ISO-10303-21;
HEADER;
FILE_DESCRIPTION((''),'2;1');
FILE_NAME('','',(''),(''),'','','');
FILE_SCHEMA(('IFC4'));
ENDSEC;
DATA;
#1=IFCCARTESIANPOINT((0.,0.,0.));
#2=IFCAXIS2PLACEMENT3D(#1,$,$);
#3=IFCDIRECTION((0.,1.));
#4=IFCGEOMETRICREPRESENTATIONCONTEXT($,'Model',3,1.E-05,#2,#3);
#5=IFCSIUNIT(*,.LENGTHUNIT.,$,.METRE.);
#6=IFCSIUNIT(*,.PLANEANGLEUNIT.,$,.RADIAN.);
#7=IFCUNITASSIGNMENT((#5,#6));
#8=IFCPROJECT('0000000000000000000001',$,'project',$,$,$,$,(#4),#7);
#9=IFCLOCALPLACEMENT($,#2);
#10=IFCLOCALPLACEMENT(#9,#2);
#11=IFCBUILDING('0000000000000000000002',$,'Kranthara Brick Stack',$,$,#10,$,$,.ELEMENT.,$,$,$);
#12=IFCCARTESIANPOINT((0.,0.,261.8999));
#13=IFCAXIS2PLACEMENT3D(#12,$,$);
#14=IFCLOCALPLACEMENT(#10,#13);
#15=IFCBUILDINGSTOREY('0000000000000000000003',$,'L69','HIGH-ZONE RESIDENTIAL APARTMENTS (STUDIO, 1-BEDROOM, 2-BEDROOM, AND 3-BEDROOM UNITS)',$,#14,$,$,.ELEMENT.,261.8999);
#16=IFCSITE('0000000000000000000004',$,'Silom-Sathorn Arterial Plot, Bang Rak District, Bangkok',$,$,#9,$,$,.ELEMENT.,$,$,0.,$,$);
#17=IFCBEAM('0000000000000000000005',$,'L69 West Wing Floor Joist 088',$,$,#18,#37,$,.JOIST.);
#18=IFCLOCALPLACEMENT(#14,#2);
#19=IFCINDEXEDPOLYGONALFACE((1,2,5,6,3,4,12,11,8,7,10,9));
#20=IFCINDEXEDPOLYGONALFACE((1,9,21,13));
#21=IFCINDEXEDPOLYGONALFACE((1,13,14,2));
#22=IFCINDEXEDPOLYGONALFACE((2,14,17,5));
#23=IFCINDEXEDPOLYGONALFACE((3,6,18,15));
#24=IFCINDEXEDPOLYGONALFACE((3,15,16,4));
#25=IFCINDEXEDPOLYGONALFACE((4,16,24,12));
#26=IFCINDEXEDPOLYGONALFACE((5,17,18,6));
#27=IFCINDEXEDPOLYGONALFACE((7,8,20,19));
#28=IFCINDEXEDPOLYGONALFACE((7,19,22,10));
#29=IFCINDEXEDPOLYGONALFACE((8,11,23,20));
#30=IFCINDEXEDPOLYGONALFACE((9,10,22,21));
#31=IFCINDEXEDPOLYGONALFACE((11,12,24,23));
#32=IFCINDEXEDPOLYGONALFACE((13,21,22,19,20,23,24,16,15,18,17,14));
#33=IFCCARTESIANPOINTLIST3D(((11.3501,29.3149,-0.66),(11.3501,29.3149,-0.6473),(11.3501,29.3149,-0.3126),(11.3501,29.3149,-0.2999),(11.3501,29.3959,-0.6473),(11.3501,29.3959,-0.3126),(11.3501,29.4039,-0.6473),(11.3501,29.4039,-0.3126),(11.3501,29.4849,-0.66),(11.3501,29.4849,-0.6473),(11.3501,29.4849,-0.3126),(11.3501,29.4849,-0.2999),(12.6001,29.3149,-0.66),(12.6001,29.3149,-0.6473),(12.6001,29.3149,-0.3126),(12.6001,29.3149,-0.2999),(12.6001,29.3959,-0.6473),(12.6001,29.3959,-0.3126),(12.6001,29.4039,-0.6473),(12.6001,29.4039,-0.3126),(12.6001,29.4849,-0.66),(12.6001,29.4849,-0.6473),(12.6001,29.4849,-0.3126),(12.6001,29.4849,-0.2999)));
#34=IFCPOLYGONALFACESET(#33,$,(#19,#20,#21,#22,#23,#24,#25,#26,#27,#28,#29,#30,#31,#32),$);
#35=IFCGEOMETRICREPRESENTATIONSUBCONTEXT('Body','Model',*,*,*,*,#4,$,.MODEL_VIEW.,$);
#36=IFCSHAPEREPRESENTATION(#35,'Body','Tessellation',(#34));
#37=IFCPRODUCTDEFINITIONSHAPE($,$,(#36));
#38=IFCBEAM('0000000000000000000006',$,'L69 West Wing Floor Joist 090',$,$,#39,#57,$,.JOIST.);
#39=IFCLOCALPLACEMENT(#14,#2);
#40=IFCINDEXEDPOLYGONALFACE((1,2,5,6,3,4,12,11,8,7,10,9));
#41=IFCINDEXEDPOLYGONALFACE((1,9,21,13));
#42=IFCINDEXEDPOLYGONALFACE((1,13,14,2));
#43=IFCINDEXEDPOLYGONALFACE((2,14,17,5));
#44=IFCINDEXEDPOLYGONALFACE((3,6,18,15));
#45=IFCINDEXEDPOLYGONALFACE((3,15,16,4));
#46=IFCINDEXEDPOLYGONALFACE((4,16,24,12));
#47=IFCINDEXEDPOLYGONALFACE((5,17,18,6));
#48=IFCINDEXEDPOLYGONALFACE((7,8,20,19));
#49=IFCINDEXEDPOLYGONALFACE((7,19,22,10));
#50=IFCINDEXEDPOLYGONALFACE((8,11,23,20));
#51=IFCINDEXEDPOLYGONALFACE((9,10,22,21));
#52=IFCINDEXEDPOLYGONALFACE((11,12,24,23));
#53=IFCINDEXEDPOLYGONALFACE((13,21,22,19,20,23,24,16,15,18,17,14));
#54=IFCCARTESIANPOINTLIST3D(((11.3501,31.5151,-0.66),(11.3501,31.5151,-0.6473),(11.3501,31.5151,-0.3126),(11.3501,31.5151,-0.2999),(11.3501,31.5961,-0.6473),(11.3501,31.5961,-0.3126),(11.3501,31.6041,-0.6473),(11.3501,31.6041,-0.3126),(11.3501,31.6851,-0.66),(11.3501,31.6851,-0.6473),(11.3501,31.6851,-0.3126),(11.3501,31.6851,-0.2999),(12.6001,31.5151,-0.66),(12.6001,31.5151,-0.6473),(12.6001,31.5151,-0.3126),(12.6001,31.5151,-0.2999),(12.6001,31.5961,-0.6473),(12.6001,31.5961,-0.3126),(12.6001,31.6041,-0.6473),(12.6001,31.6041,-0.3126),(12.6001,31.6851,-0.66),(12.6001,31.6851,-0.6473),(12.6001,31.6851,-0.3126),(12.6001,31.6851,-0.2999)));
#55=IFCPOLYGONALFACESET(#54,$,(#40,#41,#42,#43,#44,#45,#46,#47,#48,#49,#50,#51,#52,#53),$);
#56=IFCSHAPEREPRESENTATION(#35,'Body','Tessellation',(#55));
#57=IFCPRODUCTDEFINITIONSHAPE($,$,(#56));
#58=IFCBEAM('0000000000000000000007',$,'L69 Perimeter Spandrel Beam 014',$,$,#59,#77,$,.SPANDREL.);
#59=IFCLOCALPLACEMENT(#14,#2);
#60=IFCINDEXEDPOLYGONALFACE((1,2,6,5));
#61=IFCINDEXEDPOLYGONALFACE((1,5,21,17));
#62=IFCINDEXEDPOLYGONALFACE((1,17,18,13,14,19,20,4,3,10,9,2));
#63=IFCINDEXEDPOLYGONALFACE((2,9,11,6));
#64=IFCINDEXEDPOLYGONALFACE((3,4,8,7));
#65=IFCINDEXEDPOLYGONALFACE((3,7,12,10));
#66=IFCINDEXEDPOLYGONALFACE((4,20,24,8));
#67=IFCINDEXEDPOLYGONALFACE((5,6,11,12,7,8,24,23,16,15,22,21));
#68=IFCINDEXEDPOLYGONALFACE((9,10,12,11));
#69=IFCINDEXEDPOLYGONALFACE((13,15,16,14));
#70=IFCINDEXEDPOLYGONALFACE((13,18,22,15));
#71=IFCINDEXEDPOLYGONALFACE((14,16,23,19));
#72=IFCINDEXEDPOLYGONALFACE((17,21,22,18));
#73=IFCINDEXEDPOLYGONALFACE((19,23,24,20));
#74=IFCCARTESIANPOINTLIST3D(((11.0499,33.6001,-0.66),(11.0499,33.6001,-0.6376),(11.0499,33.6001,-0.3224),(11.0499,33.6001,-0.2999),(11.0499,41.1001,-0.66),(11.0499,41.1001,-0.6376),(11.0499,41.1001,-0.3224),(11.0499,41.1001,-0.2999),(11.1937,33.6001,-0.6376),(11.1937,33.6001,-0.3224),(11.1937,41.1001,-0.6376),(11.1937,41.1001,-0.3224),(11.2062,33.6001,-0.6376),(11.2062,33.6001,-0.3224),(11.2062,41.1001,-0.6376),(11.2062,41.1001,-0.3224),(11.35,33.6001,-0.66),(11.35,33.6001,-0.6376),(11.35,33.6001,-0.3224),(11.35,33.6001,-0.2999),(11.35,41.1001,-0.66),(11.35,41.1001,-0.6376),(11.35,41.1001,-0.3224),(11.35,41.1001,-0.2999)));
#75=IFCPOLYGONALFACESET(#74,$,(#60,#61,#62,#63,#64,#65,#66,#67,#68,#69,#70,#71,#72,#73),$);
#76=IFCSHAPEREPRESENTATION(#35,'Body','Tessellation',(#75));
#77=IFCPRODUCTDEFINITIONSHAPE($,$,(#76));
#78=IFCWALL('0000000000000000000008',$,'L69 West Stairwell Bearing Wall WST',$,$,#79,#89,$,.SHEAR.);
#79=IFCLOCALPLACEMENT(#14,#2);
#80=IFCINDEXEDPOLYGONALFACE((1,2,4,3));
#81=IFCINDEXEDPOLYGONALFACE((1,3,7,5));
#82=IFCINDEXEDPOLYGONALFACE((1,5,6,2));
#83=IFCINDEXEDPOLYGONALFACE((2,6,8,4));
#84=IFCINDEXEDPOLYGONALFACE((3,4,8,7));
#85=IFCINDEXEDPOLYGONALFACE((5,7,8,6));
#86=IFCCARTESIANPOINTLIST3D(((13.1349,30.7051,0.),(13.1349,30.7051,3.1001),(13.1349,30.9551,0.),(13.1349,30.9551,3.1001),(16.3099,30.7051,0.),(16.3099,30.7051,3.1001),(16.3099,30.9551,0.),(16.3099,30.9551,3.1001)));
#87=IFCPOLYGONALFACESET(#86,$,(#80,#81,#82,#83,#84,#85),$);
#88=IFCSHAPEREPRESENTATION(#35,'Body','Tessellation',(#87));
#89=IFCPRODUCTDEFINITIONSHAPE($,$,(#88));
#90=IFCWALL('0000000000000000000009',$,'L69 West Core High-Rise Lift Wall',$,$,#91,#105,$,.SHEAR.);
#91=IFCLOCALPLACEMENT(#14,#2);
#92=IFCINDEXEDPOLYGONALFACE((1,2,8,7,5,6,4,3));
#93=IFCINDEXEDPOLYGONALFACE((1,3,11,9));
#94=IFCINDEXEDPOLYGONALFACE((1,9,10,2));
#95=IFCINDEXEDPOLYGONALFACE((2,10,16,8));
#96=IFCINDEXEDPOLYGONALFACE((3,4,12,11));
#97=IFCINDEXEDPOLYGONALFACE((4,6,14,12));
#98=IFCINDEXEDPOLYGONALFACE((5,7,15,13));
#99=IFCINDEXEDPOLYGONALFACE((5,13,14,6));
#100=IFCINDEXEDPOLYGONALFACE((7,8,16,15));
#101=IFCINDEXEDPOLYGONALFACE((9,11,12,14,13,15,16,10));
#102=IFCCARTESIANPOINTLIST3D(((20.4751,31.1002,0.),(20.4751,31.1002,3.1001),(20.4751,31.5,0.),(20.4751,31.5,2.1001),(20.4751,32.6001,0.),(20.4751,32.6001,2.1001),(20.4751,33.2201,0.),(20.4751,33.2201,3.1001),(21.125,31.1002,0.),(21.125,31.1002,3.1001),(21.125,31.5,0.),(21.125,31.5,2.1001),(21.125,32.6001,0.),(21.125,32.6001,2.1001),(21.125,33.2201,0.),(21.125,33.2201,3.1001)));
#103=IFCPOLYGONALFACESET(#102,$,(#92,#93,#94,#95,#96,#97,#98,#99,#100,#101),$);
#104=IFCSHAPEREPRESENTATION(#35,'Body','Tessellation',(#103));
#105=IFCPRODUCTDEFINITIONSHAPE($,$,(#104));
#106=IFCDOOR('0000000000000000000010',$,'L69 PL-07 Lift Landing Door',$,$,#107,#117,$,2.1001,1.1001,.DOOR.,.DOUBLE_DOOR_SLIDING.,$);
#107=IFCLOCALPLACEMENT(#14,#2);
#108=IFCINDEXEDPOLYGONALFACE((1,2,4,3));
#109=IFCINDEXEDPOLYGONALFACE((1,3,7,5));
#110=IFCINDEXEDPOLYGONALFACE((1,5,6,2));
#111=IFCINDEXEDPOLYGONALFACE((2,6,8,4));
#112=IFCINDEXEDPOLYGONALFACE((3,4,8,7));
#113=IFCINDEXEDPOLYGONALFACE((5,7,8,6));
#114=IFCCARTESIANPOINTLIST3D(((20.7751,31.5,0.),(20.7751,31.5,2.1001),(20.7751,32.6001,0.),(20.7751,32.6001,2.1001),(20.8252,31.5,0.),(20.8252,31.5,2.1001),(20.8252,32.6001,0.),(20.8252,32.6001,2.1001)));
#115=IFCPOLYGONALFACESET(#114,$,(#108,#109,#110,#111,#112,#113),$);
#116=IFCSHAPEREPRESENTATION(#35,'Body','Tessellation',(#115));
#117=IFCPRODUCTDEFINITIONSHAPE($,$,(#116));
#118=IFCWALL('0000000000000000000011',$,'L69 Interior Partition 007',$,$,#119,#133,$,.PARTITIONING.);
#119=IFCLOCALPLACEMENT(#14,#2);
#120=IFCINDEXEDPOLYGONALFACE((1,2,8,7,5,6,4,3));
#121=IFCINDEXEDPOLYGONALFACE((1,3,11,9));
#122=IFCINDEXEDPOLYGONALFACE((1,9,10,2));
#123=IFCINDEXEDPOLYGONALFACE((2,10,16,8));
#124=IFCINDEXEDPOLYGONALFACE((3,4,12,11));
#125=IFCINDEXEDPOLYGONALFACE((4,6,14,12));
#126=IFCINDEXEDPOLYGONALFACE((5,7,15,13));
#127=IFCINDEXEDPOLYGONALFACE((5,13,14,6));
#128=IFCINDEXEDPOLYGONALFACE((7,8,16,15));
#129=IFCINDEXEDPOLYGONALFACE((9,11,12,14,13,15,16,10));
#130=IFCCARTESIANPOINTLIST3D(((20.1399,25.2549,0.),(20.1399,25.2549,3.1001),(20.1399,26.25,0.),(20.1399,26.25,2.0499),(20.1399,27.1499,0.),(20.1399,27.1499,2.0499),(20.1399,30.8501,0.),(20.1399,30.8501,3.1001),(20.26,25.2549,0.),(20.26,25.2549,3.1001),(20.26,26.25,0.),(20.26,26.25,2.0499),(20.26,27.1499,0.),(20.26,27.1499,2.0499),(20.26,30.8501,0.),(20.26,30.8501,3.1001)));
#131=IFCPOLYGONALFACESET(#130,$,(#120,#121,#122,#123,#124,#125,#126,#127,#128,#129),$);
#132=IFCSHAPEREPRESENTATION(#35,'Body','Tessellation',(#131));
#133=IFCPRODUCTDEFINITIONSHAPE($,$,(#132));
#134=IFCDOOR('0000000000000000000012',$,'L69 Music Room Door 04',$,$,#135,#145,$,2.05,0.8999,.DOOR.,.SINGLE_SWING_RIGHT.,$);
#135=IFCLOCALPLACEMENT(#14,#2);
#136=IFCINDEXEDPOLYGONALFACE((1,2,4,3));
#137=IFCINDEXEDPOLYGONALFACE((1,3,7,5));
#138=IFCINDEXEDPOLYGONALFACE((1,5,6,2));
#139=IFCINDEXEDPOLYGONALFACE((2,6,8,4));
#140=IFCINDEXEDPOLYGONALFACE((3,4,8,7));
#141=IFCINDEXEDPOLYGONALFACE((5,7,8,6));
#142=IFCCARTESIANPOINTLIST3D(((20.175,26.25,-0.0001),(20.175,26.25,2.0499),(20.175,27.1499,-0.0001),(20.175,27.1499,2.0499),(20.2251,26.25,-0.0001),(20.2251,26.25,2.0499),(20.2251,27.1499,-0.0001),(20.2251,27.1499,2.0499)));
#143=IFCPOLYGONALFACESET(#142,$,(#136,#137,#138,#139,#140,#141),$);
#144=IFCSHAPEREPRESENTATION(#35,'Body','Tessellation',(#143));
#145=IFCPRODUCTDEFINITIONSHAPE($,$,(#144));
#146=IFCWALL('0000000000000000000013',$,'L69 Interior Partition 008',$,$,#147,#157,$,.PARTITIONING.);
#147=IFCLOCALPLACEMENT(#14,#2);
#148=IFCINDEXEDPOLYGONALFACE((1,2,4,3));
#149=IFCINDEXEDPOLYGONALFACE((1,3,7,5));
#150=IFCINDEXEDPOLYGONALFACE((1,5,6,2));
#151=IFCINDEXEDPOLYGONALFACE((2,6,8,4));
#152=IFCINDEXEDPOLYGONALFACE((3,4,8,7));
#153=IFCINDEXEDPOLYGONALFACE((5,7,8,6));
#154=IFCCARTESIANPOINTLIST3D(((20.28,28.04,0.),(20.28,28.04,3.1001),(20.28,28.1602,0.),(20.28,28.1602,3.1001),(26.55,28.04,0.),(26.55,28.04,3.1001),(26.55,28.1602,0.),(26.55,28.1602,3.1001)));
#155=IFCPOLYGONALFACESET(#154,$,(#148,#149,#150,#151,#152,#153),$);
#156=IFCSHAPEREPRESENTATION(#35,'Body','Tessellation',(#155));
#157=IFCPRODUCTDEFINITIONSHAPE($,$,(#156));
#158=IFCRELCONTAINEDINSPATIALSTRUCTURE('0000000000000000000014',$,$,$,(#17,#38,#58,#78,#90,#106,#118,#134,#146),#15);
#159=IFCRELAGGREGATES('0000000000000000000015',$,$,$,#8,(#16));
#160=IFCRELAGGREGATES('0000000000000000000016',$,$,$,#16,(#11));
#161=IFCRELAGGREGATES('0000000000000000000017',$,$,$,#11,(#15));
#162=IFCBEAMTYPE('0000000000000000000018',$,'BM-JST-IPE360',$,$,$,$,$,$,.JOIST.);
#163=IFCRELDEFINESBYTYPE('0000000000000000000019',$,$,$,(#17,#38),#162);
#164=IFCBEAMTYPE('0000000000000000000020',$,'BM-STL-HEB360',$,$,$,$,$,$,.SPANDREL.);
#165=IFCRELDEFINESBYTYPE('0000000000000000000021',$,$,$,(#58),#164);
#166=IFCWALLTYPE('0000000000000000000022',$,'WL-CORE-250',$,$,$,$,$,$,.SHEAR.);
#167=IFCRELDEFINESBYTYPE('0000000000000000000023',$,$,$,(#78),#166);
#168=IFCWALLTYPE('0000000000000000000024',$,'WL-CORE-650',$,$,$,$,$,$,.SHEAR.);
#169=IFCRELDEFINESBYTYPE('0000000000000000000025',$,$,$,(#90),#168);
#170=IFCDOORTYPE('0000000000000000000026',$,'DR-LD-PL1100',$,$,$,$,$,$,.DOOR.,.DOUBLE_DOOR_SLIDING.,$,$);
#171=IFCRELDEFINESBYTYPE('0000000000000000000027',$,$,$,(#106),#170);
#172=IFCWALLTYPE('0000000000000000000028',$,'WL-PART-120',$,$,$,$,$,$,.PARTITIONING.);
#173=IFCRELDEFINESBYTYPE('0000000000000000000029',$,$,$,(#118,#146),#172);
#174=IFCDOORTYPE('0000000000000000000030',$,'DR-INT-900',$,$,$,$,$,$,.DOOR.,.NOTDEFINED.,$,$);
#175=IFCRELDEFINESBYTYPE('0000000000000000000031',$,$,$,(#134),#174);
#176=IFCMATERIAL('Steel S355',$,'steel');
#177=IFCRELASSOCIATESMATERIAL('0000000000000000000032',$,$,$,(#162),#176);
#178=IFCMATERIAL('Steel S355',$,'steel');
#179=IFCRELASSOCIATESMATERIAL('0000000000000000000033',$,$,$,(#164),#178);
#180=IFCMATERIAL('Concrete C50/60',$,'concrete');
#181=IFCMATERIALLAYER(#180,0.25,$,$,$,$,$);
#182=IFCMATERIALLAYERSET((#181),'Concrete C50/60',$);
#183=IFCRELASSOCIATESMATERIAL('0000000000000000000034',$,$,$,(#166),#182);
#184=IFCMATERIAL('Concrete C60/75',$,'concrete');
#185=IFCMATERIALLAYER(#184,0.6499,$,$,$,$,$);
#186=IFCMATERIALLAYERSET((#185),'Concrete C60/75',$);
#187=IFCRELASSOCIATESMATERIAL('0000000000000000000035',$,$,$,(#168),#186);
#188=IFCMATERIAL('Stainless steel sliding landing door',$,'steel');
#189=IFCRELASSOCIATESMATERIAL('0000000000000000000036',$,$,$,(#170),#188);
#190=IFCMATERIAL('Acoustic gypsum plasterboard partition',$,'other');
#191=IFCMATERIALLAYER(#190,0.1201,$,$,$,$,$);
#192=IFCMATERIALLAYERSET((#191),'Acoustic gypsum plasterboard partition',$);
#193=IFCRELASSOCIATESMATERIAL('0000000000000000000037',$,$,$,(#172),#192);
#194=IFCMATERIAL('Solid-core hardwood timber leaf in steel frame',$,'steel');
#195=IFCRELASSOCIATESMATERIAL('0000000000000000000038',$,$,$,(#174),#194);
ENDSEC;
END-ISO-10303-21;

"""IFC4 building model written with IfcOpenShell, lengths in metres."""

from ifc_helpers import new_model, si_unit, direction, frame, frame_2d, origin, origin_2d, place, context, subcontext, project, spatial, rectangle, i_section, extrude, material, layer, layer_set, material_profile, profile_set, type_object, element, fill, save


model = new_model("IFC4")

# Units and contexts
model_context = context("Model", 3, precision=1e-05, world=origin(), true_north=direction((0.0, 1.0)))
body_context = subcontext(model_context, "Body", "Model", "MODEL_VIEW")
ifc_project = project(units=[si_unit("LENGTHUNIT", "METRE"), si_unit("PLANEANGLEUNIT", "RADIAN")], contexts=[model_context])

# Site, building, storey
site_placement = place(None, origin())
site = spatial("IfcSite", under=ifc_project, at=site_placement, Name="Silom-Sathorn Arterial Plot, Bang Rak District, Bangkok", CompositionType="ELEMENT", RefElevation=0.0)
building_placement = place(site_placement, origin())
building = spatial("IfcBuilding", under=site, at=building_placement, Name="Kranthara Brick Stack", CompositionType="ELEMENT")
storey_placement = place(building_placement, frame((0.0, 0.0, 261.8999)))
storey = spatial("IfcBuildingStorey", under=building, at=storey_placement, Name="L69", Description="HIGH-ZONE RESIDENTIAL APARTMENTS (STUDIO, 1-BEDROOM, 2-BEDROOM, AND 3-BEDROOM UNITS)", CompositionType="ELEMENT", Elevation=261.8999)

# Beams
ifc_material_1 = material(Name="Steel S355", Category="steel")
ifc_material_profile_1 = material_profile(ifc_material_1, i_section(OverallWidth=0.1699, OverallDepth=0.3601, WebThickness=0.0081, FlangeThickness=0.0127, at=origin_2d()), Name="IPE 360")
ifc_profile_set_1 = profile_set([ifc_material_profile_1], Name="Steel S355")
beam_type_1 = type_object("IfcBeamType", Name="BM-JST-IPE360", PredefinedType="JOIST", material=ifc_profile_set_1)
for number, where, z_axis, x_axis, name in (
    (1, (11.3501, 29.3999, -0.48), (1.0, 0.0, 0.0), (0.0, 1.0, 0.0), "L69 West Wing Floor Joist 088"),
    (2, (11.3501, 31.6001, -0.48), (1.0, 0.0, 0.0), (0.0, 1.0, 0.0), "L69 West Wing Floor Joist 090"),
):
    element("IfcBeam", number, at=place(storey_placement, frame(where, z_axis=z_axis, x_axis=x_axis)), inside=storey, type_object=beam_type_1, Name=name, PredefinedType="JOIST", context=body_context, shape_type="SweptSolid", body=[
        extrude(i_section(OverallWidth=0.1699, OverallDepth=0.3601, WebThickness=0.0081, FlangeThickness=0.0127, at=origin_2d()), origin(), (0.0, 0.0, 1.0), 1.25),
    ])
ifc_material_2 = material(Name="Steel S355", Category="steel")
ifc_material_profile_2 = material_profile(ifc_material_2, i_section(OverallWidth=0.3, OverallDepth=0.3601, WebThickness=0.0125, FlangeThickness=0.0225, at=origin_2d()), Name="HEB 360")
ifc_profile_set_2 = profile_set([ifc_material_profile_2], Name="Steel S355")
beam_type_2 = type_object("IfcBeamType", Name="BM-STL-HEB360", PredefinedType="SPANDREL", material=ifc_profile_set_2)
beam_1_placement = place(storey_placement, frame((11.2, 33.6001, -0.48), z_axis=(0.0, 1.0, 0.0), x_axis=(-1.0, 0.0, 0.0)))
element("IfcBeam", 3, at=beam_1_placement, inside=storey, type_object=beam_type_2, Name="L69 Perimeter Spandrel Beam 014", PredefinedType="SPANDREL", context=body_context, shape_type="SweptSolid", body=[
    extrude(i_section(OverallWidth=0.3, OverallDepth=0.3601, WebThickness=0.0125, FlangeThickness=0.0225, at=origin_2d()), origin(), (0.0, 0.0, 1.0), 7.5),
])

# Wall
ifc_material_3 = material(Name="Concrete C50/60", Category="concrete")
ifc_layer_1 = layer(ifc_material_3, 0.25)
ifc_layer_set_1 = layer_set([ifc_layer_1], Name="Concrete C50/60")
wall_type_1 = type_object("IfcWallType", Name="WL-CORE-250", PredefinedType="SHEAR", material=ifc_layer_set_1)
wall_1_placement = place(storey_placement, frame((13.135, 30.8301, 0.0), z_axis=(0.0, 0.0, 1.0), x_axis=(1.0, 0.0, 0.0)))
element("IfcWall", 4, at=wall_1_placement, inside=storey, type_object=wall_type_1, Name="L69 West Stairwell Bearing Wall WST", PredefinedType="SHEAR", context=body_context, shape_type="SweptSolid", body=[
    extrude(rectangle(XDim=3.175, YDim=0.25, at=frame_2d((1.5874, 0.0))), origin(), (0.0, 0.0, 1.0), 3.1001),
])

# Walls, openings, doors
ifc_material_4 = material(Name="Concrete C60/75", Category="concrete")
ifc_layer_2 = layer(ifc_material_4, 0.6499)
ifc_layer_set_2 = layer_set([ifc_layer_2], Name="Concrete C60/75")
wall_type_2 = type_object("IfcWallType", Name="WL-CORE-650", PredefinedType="SHEAR", material=ifc_layer_set_2)
wall_2_placement = place(storey_placement, frame((20.8, 31.1001, 0.0), z_axis=(0.0, 0.0, 1.0), x_axis=(0.0, 1.0, 0.0)))
wall_2 = element("IfcWall", 5, at=wall_2_placement, inside=storey, type_object=wall_type_2, Name="L69 West Core High-Rise Lift Wall", PredefinedType="SHEAR", context=body_context, shape_type="SweptSolid", body=[
    extrude(rectangle(XDim=2.1199, YDim=0.6499, at=frame_2d((1.0601, 0.0))), origin(), (0.0, 0.0, 1.0), 3.1001),
])
opening_1_placement = place(wall_2_placement, frame((0.3999, 0.0, 0.0)))
opening_1 = element("IfcOpeningElement", 6, at=opening_1_placement, cuts=wall_2, PredefinedType="OPENING", context=body_context, shape_type="SweptSolid", body=[
    extrude(rectangle(XDim=1.1001, YDim=2.1001, at=frame_2d((0.55, 1.05))), frame((0.0, 0.335, 0.0), z_axis=(0.0, -1.0, 0.0), x_axis=(1.0, 0.0, 0.0)), (0.0, 0.0, 1.0), 0.6699),
])
ifc_material_5 = material(Name="Stainless steel sliding landing door", Category="steel")
door_type_1 = type_object("IfcDoorType", Name="DR-LD-PL1100", OperationType="DOUBLE_DOOR_SLIDING", PredefinedType="DOOR", material=ifc_material_5)
door_1_placement = place(opening_1_placement, origin())
door_1 = element("IfcDoor", 7, at=door_1_placement, inside=storey, type_object=door_type_1, Name="L69 PL-07 Lift Landing Door", OperationType="DOUBLE_DOOR_SLIDING", OverallHeight=2.1001, OverallWidth=1.1001, PredefinedType="DOOR", context=body_context, shape_type="SweptSolid", body=[
    extrude(rectangle(XDim=1.1001, YDim=2.1001, at=frame_2d((0.55, 1.05))), frame((0.0, 0.0249, 0.0), z_axis=(0.0, -1.0, 0.0), x_axis=(1.0, 0.0, 0.0)), (0.0, 0.0, 1.0), 0.05),
])
fill(opening_1, door_1)
ifc_material_6 = material(Name="Acoustic gypsum plasterboard partition", Category="other")
ifc_layer_3 = layer(ifc_material_6, 0.1201)
ifc_layer_set_3 = layer_set([ifc_layer_3], Name="Acoustic gypsum plasterboard partition")
wall_type_3 = type_object("IfcWallType", Name="WL-PART-120", PredefinedType="PARTITIONING", material=ifc_layer_set_3)
wall_3_placement = place(storey_placement, frame((20.2, 25.2549, 0.0), z_axis=(0.0, 0.0, 1.0), x_axis=(0.0, 1.0, 0.0)))
wall_3 = element("IfcWall", 8, at=wall_3_placement, inside=storey, type_object=wall_type_3, Name="L69 Interior Partition 007", PredefinedType="PARTITIONING", context=body_context, shape_type="SweptSolid", body=[
    extrude(rectangle(XDim=5.5952, YDim=0.1201, at=frame_2d((2.7976, 0.0))), origin(), (0.0, 0.0, 1.0), 3.1001),
])
opening_2_placement = place(wall_3_placement, frame((0.9951, 0.0, 0.0)))
opening_2 = element("IfcOpeningElement", 9, at=opening_2_placement, cuts=wall_3, PredefinedType="OPENING", context=body_context, shape_type="SweptSolid", body=[
    extrude(rectangle(XDim=0.8999, YDim=2.05, at=frame_2d((0.45, 1.0249))), frame((0.0, 0.0701, 0.0), z_axis=(0.0, -1.0, 0.0), x_axis=(1.0, 0.0, 0.0)), (0.0, 0.0, 1.0), 0.1401),
])
ifc_material_7 = material(Name="Solid-core hardwood timber leaf in steel frame", Category="steel")
door_type_2 = type_object("IfcDoorType", Name="DR-INT-900", OperationType="NOTDEFINED", PredefinedType="DOOR", material=ifc_material_7)
door_2_placement = place(opening_2_placement, origin())
door_2 = element("IfcDoor", 10, at=door_2_placement, inside=storey, type_object=door_type_2, Name="L69 Music Room Door 04", OperationType="SINGLE_SWING_RIGHT", OverallHeight=2.05, OverallWidth=0.8999, PredefinedType="DOOR", context=body_context, shape_type="SweptSolid", body=[
    extrude(rectangle(XDim=0.8999, YDim=2.05, at=frame_2d((0.45, 1.0249))), frame((0.0, 0.0249, 0.0), z_axis=(0.0, -1.0, 0.0), x_axis=(1.0, 0.0, 0.0)), (0.0, 0.0, 1.0), 0.05),
])
fill(opening_2, door_2)

# Wall
wall_4_placement = place(storey_placement, frame((20.28, 28.1001, 0.0), z_axis=(0.0, 0.0, 1.0), x_axis=(1.0, 0.0, 0.0)))
element("IfcWall", 11, at=wall_4_placement, inside=storey, type_object=wall_type_3, Name="L69 Interior Partition 008", PredefinedType="PARTITIONING", context=body_context, shape_type="SweptSolid", body=[
    extrude(rectangle(XDim=6.27, YDim=0.1201, at=frame_2d((3.135, 0.0))), origin(), (0.0, 0.0, 1.0), 3.1001),
])

save(model, "model.ifc")
